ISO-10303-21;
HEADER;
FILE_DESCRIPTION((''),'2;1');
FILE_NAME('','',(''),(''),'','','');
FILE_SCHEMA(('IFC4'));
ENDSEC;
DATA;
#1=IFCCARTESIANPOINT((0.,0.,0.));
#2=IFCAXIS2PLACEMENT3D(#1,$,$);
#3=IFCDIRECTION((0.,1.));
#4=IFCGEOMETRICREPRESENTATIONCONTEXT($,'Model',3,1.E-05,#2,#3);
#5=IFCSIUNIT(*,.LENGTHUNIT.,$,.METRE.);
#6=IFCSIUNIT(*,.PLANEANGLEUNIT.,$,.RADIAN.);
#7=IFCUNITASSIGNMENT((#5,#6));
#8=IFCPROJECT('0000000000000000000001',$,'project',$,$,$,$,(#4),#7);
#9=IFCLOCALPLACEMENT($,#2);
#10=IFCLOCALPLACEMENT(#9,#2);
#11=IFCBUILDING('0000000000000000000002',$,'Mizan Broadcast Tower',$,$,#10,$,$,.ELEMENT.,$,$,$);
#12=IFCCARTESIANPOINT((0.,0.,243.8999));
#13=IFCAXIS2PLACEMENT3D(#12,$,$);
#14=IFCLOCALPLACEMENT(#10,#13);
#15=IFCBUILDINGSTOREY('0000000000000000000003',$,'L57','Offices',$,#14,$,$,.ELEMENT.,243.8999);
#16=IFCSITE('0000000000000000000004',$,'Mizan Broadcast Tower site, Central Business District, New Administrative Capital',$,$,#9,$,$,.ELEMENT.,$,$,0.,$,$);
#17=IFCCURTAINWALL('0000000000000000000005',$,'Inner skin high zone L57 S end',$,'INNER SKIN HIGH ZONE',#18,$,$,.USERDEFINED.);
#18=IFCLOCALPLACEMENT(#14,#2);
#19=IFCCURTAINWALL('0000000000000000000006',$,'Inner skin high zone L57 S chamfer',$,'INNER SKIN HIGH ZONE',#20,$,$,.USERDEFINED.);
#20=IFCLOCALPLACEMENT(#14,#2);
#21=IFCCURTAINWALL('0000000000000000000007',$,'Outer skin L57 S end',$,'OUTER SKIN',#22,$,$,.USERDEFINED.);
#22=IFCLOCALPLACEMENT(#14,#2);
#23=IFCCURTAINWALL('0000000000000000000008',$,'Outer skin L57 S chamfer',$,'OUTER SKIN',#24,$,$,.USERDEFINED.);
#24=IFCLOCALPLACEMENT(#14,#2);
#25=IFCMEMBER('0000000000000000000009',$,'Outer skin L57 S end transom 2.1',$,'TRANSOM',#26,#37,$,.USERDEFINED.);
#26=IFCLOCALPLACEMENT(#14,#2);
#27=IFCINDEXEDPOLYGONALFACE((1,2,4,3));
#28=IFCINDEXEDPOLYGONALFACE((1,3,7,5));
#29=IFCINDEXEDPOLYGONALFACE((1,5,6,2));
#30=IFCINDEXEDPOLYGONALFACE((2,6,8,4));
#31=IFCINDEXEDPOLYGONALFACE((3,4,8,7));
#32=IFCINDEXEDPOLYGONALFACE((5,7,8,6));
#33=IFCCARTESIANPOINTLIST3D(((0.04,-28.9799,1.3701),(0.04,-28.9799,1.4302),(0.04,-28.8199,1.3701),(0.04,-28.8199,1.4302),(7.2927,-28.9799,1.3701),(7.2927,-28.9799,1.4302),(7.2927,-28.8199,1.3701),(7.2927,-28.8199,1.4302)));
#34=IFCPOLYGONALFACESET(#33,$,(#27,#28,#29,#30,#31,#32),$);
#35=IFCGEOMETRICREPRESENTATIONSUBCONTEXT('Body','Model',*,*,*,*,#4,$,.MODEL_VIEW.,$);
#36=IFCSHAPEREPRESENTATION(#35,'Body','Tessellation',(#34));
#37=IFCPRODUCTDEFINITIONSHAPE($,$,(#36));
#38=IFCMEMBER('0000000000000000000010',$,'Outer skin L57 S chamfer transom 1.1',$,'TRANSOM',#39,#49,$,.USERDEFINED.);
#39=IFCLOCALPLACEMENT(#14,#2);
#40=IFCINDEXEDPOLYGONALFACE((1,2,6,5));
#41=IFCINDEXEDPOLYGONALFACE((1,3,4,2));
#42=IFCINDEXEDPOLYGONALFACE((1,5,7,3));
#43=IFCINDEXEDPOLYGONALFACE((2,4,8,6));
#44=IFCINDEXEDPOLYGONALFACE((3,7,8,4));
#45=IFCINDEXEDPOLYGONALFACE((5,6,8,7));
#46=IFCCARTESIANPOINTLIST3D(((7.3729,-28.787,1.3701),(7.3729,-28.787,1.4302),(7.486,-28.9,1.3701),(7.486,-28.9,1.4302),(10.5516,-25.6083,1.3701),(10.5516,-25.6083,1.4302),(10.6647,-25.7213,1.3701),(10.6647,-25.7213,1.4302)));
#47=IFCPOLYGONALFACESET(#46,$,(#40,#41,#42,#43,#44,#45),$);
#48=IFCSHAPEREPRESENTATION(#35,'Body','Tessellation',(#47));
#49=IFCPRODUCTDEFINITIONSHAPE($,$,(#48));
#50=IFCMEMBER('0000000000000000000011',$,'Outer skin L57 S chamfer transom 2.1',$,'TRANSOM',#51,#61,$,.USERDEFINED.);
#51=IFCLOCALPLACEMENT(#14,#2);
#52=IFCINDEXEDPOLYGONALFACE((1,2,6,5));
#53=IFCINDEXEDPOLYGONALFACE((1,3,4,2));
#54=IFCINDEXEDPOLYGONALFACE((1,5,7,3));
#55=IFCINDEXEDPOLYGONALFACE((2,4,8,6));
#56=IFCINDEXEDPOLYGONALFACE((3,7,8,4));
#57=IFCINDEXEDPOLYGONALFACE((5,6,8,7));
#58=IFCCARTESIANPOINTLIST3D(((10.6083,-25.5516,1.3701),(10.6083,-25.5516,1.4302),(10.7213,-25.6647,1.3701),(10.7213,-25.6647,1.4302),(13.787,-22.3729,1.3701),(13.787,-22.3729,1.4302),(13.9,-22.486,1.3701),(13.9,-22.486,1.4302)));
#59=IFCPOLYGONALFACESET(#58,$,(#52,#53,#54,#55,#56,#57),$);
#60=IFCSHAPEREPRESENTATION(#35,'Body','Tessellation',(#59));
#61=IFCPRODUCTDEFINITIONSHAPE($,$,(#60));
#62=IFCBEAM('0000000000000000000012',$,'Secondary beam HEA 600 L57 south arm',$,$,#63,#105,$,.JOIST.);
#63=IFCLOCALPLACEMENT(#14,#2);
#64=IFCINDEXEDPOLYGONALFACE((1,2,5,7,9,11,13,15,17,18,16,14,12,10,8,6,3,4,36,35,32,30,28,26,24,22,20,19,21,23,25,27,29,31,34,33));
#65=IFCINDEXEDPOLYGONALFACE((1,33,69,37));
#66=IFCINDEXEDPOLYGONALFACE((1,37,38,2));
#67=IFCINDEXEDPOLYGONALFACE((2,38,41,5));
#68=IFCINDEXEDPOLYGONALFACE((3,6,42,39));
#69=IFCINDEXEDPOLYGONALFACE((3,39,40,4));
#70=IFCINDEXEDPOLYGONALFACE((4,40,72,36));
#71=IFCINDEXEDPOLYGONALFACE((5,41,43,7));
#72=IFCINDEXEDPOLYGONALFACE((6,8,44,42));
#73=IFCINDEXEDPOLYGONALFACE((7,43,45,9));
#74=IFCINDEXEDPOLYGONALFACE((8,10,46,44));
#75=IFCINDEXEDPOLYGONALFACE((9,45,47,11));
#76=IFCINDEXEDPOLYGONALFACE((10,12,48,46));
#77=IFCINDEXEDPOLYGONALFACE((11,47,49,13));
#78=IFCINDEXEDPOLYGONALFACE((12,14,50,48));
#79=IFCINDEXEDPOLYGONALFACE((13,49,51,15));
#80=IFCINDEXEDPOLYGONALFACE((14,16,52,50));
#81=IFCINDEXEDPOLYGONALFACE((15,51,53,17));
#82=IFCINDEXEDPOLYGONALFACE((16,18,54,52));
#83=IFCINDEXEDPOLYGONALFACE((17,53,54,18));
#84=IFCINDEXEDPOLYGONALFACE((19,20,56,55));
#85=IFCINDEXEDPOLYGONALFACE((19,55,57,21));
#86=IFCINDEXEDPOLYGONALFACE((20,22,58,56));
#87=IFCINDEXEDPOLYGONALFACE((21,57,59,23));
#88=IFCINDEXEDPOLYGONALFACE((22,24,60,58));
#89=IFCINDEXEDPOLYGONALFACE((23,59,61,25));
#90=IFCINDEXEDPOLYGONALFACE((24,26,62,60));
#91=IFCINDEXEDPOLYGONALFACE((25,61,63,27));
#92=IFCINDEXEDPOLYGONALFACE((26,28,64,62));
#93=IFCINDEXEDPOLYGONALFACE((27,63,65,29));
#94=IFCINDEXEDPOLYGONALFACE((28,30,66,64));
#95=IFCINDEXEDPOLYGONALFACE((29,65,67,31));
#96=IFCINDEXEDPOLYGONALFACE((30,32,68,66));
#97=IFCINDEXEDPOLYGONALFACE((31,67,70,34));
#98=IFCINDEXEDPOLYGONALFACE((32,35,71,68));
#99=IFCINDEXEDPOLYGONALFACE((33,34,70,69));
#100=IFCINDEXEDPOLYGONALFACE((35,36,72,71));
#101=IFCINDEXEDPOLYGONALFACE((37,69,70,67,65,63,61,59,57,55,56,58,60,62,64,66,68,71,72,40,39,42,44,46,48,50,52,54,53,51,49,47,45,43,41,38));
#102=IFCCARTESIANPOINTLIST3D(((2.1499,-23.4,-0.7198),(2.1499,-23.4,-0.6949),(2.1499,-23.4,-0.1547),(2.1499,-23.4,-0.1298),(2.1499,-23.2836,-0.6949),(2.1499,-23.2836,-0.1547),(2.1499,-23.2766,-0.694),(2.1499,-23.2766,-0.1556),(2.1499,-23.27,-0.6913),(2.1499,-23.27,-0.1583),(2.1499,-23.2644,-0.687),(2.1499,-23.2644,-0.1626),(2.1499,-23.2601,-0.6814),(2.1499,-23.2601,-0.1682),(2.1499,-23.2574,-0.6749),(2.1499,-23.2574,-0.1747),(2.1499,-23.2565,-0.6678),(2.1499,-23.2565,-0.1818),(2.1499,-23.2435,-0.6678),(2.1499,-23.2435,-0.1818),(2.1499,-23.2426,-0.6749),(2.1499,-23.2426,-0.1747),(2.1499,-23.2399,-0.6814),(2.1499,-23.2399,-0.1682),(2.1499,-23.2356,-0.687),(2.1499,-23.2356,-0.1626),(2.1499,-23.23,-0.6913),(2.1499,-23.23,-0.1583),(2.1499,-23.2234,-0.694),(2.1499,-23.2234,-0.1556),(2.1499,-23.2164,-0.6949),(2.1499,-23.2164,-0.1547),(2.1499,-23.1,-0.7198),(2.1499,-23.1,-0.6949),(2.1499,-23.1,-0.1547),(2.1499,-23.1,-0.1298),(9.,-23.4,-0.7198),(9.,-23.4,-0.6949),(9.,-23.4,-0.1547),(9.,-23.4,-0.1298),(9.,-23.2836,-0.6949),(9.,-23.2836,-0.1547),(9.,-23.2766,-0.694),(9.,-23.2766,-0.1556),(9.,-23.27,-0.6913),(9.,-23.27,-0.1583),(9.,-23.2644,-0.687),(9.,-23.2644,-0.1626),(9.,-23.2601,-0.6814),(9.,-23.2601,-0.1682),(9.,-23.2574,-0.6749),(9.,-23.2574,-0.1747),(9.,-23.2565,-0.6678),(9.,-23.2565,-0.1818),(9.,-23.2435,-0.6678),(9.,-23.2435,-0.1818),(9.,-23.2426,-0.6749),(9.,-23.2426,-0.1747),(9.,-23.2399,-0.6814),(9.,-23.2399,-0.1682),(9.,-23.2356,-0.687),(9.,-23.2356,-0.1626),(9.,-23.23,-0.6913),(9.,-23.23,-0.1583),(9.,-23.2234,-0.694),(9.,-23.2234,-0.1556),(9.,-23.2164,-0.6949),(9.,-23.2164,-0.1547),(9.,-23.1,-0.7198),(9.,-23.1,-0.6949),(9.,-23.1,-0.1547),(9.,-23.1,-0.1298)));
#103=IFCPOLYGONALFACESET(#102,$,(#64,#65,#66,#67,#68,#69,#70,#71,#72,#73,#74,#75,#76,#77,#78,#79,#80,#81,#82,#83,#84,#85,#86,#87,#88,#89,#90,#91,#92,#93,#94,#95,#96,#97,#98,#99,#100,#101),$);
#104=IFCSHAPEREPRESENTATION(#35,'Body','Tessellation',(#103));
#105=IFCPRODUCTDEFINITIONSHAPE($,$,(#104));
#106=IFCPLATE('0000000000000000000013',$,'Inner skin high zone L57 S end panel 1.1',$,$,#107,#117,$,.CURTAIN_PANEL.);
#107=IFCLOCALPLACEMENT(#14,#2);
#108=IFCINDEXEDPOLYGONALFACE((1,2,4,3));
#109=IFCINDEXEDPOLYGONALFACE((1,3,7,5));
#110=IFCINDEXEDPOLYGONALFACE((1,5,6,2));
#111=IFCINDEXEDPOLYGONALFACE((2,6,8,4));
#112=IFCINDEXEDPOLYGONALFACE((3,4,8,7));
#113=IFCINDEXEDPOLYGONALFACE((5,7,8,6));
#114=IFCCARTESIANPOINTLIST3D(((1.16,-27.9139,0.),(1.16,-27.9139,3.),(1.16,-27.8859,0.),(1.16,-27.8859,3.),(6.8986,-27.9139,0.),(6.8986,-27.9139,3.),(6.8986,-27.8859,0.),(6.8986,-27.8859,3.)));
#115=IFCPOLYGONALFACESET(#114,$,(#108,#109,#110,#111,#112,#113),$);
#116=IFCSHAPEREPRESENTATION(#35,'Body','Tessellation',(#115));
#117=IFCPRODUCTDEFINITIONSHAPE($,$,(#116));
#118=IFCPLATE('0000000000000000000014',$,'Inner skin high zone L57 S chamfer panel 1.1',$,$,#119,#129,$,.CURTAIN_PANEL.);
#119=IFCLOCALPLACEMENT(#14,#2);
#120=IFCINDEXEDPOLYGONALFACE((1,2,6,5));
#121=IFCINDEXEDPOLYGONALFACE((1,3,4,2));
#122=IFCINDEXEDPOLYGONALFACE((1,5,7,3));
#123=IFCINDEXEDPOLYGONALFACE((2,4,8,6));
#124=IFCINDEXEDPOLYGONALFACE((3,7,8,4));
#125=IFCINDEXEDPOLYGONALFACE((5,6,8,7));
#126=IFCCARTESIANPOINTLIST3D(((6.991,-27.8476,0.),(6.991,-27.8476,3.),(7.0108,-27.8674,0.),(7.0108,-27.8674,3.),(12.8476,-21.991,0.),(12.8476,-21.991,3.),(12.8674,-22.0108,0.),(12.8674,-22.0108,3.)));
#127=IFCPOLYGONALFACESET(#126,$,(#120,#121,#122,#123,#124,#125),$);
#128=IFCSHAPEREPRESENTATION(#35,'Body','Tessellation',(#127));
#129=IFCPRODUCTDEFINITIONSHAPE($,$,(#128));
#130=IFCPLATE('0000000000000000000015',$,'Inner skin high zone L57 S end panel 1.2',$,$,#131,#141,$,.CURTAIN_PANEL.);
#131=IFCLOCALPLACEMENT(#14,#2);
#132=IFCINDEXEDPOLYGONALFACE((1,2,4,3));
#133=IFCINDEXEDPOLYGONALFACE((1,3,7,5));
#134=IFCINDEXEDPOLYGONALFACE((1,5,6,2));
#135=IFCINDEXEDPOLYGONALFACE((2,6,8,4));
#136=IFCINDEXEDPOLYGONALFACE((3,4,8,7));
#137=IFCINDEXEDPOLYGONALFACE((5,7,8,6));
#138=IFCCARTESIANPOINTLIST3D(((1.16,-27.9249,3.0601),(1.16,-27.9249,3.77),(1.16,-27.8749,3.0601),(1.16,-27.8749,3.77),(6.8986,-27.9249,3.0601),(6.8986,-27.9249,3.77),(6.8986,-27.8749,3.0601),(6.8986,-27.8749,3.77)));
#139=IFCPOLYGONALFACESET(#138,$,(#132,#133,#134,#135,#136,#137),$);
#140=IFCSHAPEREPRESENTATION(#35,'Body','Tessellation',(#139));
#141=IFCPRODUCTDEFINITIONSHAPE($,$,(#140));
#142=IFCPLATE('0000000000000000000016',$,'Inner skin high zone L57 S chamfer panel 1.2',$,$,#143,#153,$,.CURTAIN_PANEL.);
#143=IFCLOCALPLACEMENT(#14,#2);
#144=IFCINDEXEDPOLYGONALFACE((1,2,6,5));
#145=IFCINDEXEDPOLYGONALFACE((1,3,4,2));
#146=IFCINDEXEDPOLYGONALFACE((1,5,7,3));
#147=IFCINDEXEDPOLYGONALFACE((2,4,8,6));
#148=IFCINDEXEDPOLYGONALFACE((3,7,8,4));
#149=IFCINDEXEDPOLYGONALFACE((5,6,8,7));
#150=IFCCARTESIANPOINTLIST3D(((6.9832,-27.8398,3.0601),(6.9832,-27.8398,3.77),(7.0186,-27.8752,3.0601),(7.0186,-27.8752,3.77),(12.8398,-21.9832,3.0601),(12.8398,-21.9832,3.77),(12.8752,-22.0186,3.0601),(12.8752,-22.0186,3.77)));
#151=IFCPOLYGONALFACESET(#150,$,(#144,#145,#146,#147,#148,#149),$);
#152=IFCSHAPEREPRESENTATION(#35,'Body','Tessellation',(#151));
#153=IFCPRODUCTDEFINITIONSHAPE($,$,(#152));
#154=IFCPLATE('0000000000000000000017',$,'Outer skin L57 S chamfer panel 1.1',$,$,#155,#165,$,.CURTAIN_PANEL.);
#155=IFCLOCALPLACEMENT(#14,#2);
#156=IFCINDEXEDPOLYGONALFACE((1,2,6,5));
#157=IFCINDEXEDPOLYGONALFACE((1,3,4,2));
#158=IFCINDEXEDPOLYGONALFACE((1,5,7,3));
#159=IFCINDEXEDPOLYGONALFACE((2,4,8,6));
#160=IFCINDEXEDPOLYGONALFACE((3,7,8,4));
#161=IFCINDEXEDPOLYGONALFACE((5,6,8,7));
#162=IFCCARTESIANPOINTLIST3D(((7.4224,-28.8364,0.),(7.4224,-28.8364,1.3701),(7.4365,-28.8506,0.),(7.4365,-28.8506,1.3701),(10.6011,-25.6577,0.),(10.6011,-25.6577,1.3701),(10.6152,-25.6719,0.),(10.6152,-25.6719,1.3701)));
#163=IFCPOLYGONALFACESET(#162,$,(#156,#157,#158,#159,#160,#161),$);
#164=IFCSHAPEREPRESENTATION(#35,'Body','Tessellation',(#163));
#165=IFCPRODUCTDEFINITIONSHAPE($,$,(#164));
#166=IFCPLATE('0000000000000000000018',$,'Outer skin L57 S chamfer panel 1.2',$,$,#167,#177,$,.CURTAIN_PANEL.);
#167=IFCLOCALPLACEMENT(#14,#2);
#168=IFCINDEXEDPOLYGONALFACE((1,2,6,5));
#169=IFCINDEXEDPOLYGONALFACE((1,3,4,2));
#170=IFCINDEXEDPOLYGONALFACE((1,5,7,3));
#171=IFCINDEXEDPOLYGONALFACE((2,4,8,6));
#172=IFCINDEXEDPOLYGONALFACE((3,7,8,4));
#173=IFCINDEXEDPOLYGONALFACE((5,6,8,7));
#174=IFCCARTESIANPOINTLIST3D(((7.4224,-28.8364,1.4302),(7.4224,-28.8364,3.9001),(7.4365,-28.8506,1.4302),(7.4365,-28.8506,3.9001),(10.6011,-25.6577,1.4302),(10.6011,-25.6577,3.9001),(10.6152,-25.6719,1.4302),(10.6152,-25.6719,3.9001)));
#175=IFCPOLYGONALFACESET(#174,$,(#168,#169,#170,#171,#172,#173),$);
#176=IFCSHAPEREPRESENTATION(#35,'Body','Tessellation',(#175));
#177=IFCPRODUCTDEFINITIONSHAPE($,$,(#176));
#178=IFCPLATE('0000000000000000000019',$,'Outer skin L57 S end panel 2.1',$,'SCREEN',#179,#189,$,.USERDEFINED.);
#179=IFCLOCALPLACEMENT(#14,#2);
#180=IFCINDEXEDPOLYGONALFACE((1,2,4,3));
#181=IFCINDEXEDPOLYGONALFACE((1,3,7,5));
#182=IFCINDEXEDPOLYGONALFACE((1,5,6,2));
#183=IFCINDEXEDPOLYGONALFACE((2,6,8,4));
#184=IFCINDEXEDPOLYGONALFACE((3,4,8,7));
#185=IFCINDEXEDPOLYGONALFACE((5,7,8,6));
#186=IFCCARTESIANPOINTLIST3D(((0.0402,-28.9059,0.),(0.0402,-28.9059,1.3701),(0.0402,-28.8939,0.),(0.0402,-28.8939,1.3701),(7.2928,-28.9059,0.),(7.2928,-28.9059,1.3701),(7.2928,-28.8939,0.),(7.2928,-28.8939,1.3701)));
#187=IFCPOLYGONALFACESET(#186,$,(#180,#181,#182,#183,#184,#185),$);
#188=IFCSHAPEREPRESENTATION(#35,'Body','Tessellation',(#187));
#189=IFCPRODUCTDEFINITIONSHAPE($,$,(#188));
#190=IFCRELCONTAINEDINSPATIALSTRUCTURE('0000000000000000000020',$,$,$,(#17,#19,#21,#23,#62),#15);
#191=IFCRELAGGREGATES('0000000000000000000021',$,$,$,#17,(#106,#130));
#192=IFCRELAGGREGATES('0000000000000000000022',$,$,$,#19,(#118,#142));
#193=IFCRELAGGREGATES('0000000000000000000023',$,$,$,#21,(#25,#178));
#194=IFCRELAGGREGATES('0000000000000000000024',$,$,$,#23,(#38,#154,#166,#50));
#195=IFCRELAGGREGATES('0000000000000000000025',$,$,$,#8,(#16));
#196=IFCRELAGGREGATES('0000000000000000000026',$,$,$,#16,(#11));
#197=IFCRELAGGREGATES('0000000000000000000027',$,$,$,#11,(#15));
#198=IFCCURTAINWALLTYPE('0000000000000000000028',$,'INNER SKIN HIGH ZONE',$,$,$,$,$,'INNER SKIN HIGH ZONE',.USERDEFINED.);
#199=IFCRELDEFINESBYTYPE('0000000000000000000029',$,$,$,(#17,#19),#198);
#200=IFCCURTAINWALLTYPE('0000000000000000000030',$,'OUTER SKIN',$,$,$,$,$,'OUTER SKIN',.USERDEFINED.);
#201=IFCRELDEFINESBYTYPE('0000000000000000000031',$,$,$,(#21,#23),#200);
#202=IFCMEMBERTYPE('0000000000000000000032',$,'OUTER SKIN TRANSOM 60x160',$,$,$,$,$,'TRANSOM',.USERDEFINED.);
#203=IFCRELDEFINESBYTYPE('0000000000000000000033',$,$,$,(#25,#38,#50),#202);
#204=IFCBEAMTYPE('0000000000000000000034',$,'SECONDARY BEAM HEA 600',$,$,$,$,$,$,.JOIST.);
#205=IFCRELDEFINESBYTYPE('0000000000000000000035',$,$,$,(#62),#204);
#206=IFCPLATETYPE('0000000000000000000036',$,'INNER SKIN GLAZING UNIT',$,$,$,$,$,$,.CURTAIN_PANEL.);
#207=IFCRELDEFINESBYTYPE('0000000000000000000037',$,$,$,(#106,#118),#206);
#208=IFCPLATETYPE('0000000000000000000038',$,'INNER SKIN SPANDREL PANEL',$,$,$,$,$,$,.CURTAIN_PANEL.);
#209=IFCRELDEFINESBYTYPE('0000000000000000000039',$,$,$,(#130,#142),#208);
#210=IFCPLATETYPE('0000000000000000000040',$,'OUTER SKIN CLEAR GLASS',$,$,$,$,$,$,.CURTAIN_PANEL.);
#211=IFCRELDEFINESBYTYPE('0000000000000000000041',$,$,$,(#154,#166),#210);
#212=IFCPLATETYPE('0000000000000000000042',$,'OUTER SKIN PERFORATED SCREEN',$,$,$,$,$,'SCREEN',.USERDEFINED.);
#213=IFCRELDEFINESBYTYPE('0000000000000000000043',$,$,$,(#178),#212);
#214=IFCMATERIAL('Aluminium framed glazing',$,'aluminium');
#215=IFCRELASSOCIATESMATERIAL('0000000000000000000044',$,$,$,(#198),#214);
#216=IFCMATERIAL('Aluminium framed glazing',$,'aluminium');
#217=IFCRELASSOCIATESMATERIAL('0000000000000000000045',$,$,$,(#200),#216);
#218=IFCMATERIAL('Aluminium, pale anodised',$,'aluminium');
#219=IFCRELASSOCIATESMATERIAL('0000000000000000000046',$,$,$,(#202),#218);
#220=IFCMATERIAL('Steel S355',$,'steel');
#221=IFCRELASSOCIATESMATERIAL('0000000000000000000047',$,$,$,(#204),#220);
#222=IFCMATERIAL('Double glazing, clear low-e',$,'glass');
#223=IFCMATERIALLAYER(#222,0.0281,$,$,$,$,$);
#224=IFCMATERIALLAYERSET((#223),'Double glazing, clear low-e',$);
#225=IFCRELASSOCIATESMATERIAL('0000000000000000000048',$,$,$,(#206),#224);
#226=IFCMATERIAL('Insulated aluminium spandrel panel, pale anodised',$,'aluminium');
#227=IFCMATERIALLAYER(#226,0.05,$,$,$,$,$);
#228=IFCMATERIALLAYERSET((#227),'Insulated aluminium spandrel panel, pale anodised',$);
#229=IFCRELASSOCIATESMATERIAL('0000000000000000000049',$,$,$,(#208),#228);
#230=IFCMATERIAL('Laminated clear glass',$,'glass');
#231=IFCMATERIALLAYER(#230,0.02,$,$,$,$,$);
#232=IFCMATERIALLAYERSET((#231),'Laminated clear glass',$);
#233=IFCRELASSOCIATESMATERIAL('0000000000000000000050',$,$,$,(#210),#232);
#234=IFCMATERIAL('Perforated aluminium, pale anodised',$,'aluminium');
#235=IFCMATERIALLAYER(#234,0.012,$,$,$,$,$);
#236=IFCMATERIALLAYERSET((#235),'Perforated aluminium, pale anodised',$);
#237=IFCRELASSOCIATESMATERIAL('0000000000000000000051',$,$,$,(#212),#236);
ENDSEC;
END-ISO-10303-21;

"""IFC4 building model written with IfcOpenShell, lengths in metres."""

from ifc_helpers import new_model, si_unit, direction, frame, origin, origin_2d, place, context, subcontext, project, spatial, rectangle, i_section, extrude, material, layer, layer_set, material_profile, profile_set, type_object, element, aggregate, save


model = new_model("IFC4")

# Units and contexts
model_context = context("Model", 3, precision=1e-05, world=origin(), true_north=direction((0.0, 1.0)))
body_context = subcontext(model_context, "Body", "Model", "MODEL_VIEW")
ifc_project = project(units=[si_unit("LENGTHUNIT", "METRE"), si_unit("PLANEANGLEUNIT", "RADIAN")], contexts=[model_context])

# Site, building, storey
site_placement = place(None, origin())
site = spatial("IfcSite", under=ifc_project, at=site_placement, Name="Mizan Broadcast Tower site, Central Business District, New Administrative Capital", CompositionType="ELEMENT", RefElevation=0.0)
building_placement = place(site_placement, origin())
building = spatial("IfcBuilding", under=site, at=building_placement, Name="Mizan Broadcast Tower", CompositionType="ELEMENT")
storey_placement = place(building_placement, frame((0.0, 0.0, 243.8999)))
storey = spatial("IfcBuildingStorey", under=building, at=storey_placement, Name="L57", Description="Offices", CompositionType="ELEMENT", Elevation=243.8999)

# Curtain wall
ifc_material_1 = material(Name="Aluminium framed glazing", Category="aluminium")
curtain_wall_type_1 = type_object("IfcCurtainWallType", Name="INNER SKIN HIGH ZONE", ElementType="INNER SKIN HIGH ZONE", PredefinedType="USERDEFINED", material=ifc_material_1)
curtain_wall_1_placement = place(storey_placement, origin())
curtain_wall_1 = element("IfcCurtainWall", 1, at=curtain_wall_1_placement, inside=storey, type_object=curtain_wall_type_1, Name="Inner skin high zone L57 S end", ObjectType="INNER SKIN HIGH ZONE", PredefinedType="USERDEFINED")

# Curtain wall
curtain_wall_2_placement = place(storey_placement, origin())
curtain_wall_2 = element("IfcCurtainWall", 2, at=curtain_wall_2_placement, inside=storey, type_object=curtain_wall_type_1, Name="Inner skin high zone L57 S chamfer", ObjectType="INNER SKIN HIGH ZONE", PredefinedType="USERDEFINED")

# Curtain wall
ifc_material_2 = material(Name="Aluminium framed glazing", Category="aluminium")
curtain_wall_type_2 = type_object("IfcCurtainWallType", Name="OUTER SKIN", ElementType="OUTER SKIN", PredefinedType="USERDEFINED", material=ifc_material_2)
curtain_wall_3_placement = place(storey_placement, origin())
curtain_wall_3 = element("IfcCurtainWall", 3, at=curtain_wall_3_placement, inside=storey, type_object=curtain_wall_type_2, Name="Outer skin L57 S end", ObjectType="OUTER SKIN", PredefinedType="USERDEFINED")

# Curtain wall
curtain_wall_4_placement = place(storey_placement, origin())
curtain_wall_4 = element("IfcCurtainWall", 4, at=curtain_wall_4_placement, inside=storey, type_object=curtain_wall_type_2, Name="Outer skin L57 S chamfer", ObjectType="OUTER SKIN", PredefinedType="USERDEFINED")

# Members
ifc_material_3 = material(Name="Aluminium, pale anodised", Category="aluminium")
ifc_material_profile_1 = material_profile(ifc_material_3, rectangle(XDim=0.1599, YDim=0.0601, at=origin_2d()), Name="TRANSOM 160x60")
ifc_profile_set_1 = profile_set([ifc_material_profile_1], Name="Aluminium, pale anodised")
member_type_1 = type_object("IfcMemberType", Name="OUTER SKIN TRANSOM 60x160", ElementType="TRANSOM", PredefinedType="USERDEFINED", material=ifc_profile_set_1)
member_1_placement = place(storey_placement, frame((0.04, -28.8999, 1.4001), z_axis=(1.0, 0.0, 0.0), x_axis=(0.0, 1.0, 0.0)))
member_1 = element("IfcMember", 5, at=member_1_placement, type_object=member_type_1, Name="Outer skin L57 S end transom 2.1", ObjectType="TRANSOM", PredefinedType="USERDEFINED", context=body_context, shape_type="SweptSolid", body=[
    extrude(rectangle(XDim=0.1599, YDim=0.0601, at=origin_2d()), origin(), (0.0, 0.0, 1.0), 7.2527),
])
member_2_placement = place(storey_placement, frame((7.4294, -28.8435, 1.4001), z_axis=(0.707107, 0.707107, 0.0), x_axis=(-0.707107, 0.707107, 0.0)))
member_2 = element("IfcMember", 6, at=member_2_placement, type_object=member_type_1, Name="Outer skin L57 S chamfer transom 1.1", ObjectType="TRANSOM", PredefinedType="USERDEFINED", context=body_context, shape_type="SweptSolid", body=[
    extrude(rectangle(XDim=0.1599, YDim=0.0601, at=origin_2d()), origin(), (0.0, 0.0, 1.0), 4.4954),
])
member_3_placement = place(storey_placement, frame((10.6648, -25.6082, 1.4001), z_axis=(0.707107, 0.707107, 0.0), x_axis=(-0.707107, 0.707107, 0.0)))
member_3 = element("IfcMember", 7, at=member_3_placement, type_object=member_type_1, Name="Outer skin L57 S chamfer transom 2.1", ObjectType="TRANSOM", PredefinedType="USERDEFINED", context=body_context, shape_type="SweptSolid", body=[
    extrude(rectangle(XDim=0.1599, YDim=0.0601, at=origin_2d()), origin(), (0.0, 0.0, 1.0), 4.4954),
])

# Beam
ifc_material_4 = material(Name="Steel S355", Category="steel")
ifc_material_profile_2 = material_profile(ifc_material_4, i_section(OverallWidth=0.3, OverallDepth=0.5901, WebThickness=0.0129, FlangeThickness=0.0249, FilletRadius=0.0271, at=origin_2d()), Name="HEA 600")
ifc_profile_set_2 = profile_set([ifc_material_profile_2], Name="Steel S355")
beam_type_1 = type_object("IfcBeamType", Name="SECONDARY BEAM HEA 600", PredefinedType="JOIST", material=ifc_profile_set_2)
beam_1_placement = place(storey_placement, frame((9.0, -23.25, -0.4248), z_axis=(-1.0, 0.0, 0.0), x_axis=(0.0, -1.0, 0.0)))
element("IfcBeam", 8, at=beam_1_placement, inside=storey, type_object=beam_type_1, Name="Secondary beam HEA 600 L57 south arm", PredefinedType="JOIST", context=body_context, shape_type="SweptSolid", body=[
    extrude(i_section(OverallWidth=0.3, OverallDepth=0.5901, WebThickness=0.0129, FlangeThickness=0.0249, FilletRadius=0.0271, at=origin_2d()), origin(), (0.0, 0.0, 1.0), 6.8501),
])

# Plates
ifc_material_5 = material(Name="Double glazing, clear low-e", Category="glass")
ifc_layer_1 = layer(ifc_material_5, 0.0281)
ifc_layer_set_1 = layer_set([ifc_layer_1], Name="Double glazing, clear low-e")
plate_type_1 = type_object("IfcPlateType", Name="INNER SKIN GLAZING UNIT", PredefinedType="CURTAIN_PANEL", material=ifc_layer_set_1)
plate_1_placement = place(storey_placement, frame((4.0293, -27.8999, 0.0), z_axis=(0.0, 0.0, 1.0), x_axis=(1.0, 0.0, 0.0)))
plate_1 = element("IfcPlate", 9, at=plate_1_placement, type_object=plate_type_1, Name="Inner skin high zone L57 S end panel 1.1", PredefinedType="CURTAIN_PANEL", context=body_context, shape_type="SweptSolid", body=[
    extrude(rectangle(XDim=5.7385, YDim=0.0281, at=origin_2d()), origin(), (0.0, 0.0, 1.0), 3.0),
])
plate_2_placement = place(storey_placement, frame((9.9292, -24.9292, 0.0), z_axis=(0.0, 0.0, 1.0), x_axis=(0.707107, 0.707107, 0.0)))
plate_2 = element("IfcPlate", 10, at=plate_2_placement, type_object=plate_type_1, Name="Inner skin high zone L57 S chamfer panel 1.1", PredefinedType="CURTAIN_PANEL", context=body_context, shape_type="SweptSolid", body=[
    extrude(rectangle(XDim=8.2825, YDim=0.0281, at=origin_2d()), origin(), (0.0, 0.0, 1.0), 3.0),
])
ifc_material_6 = material(Name="Insulated aluminium spandrel panel, pale anodised", Category="aluminium")
ifc_layer_2 = layer(ifc_material_6, 0.05)
ifc_layer_set_2 = layer_set([ifc_layer_2], Name="Insulated aluminium spandrel panel, pale anodised")
plate_type_2 = type_object("IfcPlateType", Name="INNER SKIN SPANDREL PANEL", PredefinedType="CURTAIN_PANEL", material=ifc_layer_set_2)
plate_3_placement = place(storey_placement, frame((4.0293, -27.8999, 3.0601), z_axis=(0.0, 0.0, 1.0), x_axis=(1.0, 0.0, 0.0)))
plate_3 = element("IfcPlate", 11, at=plate_3_placement, type_object=plate_type_2, Name="Inner skin high zone L57 S end panel 1.2", PredefinedType="CURTAIN_PANEL", context=body_context, shape_type="SweptSolid", body=[
    extrude(rectangle(XDim=5.7385, YDim=0.05, at=origin_2d()), origin(), (0.0, 0.0, 1.0), 0.71),
])
aggregate(curtain_wall_1, [plate_1, plate_3])
plate_4_placement = place(storey_placement, frame((9.9292, -24.9292, 3.0601), z_axis=(0.0, 0.0, 1.0), x_axis=(0.707107, 0.707107, 0.0)))
plate_4 = element("IfcPlate", 12, at=plate_4_placement, type_object=plate_type_2, Name="Inner skin high zone L57 S chamfer panel 1.2", PredefinedType="CURTAIN_PANEL", context=body_context, shape_type="SweptSolid", body=[
    extrude(rectangle(XDim=8.2825, YDim=0.05, at=origin_2d()), origin(), (0.0, 0.0, 1.0), 0.71),
])
aggregate(curtain_wall_2, [plate_2, plate_4])
ifc_material_7 = material(Name="Laminated clear glass", Category="glass")
ifc_layer_3 = layer(ifc_material_7, 0.02)
ifc_layer_set_3 = layer_set([ifc_layer_3], Name="Laminated clear glass")
plate_type_3 = type_object("IfcPlateType", Name="OUTER SKIN CLEAR GLASS", PredefinedType="CURTAIN_PANEL", material=ifc_layer_set_3)
plate_5_placement = place(storey_placement, frame((9.0188, -27.2542, 0.0), z_axis=(0.0, 0.0, 1.0), x_axis=(0.707107, 0.707107, 0.0)))
plate_5 = element("IfcPlate", 13, at=plate_5_placement, type_object=plate_type_3, Name="Outer skin L57 S chamfer panel 1.1", PredefinedType="CURTAIN_PANEL", context=body_context, shape_type="SweptSolid", body=[
    extrude(rectangle(XDim=4.4954, YDim=0.02, at=origin_2d()), origin(), (0.0, 0.0, 1.0), 1.3701),
])
plate_6_placement = place(storey_placement, frame((9.0188, -27.2542, 1.4302), z_axis=(0.0, 0.0, 1.0), x_axis=(0.707107, 0.707107, 0.0)))
plate_6 = element("IfcPlate", 14, at=plate_6_placement, type_object=plate_type_3, Name="Outer skin L57 S chamfer panel 1.2", PredefinedType="CURTAIN_PANEL", context=body_context, shape_type="SweptSolid", body=[
    extrude(rectangle(XDim=4.4954, YDim=0.02, at=origin_2d()), origin(), (0.0, 0.0, 1.0), 2.47),
])
ifc_material_8 = material(Name="Perforated aluminium, pale anodised", Category="aluminium")
ifc_layer_4 = layer(ifc_material_8, 0.012)
ifc_layer_set_4 = layer_set([ifc_layer_4], Name="Perforated aluminium, pale anodised")
plate_type_4 = type_object("IfcPlateType", Name="OUTER SKIN PERFORATED SCREEN", ElementType="SCREEN", PredefinedType="USERDEFINED", material=ifc_layer_set_4)
plate_7_placement = place(storey_placement, frame((3.6665, -28.8999, 0.0), z_axis=(0.0, 0.0, 1.0), x_axis=(1.0, 0.0, 0.0)))
plate_7 = element("IfcPlate", 15, at=plate_7_placement, type_object=plate_type_4, Name="Outer skin L57 S end panel 2.1", ObjectType="SCREEN", PredefinedType="USERDEFINED", context=body_context, shape_type="SweptSolid", body=[
    extrude(rectangle(XDim=7.2527, YDim=0.012, at=origin_2d()), origin(), (0.0, 0.0, 1.0), 1.3701),
])
aggregate(curtain_wall_3, [member_1, plate_7])
aggregate(curtain_wall_4, [member_2, plate_5, plate_6, member_3])

save(model, "model.ifc")
